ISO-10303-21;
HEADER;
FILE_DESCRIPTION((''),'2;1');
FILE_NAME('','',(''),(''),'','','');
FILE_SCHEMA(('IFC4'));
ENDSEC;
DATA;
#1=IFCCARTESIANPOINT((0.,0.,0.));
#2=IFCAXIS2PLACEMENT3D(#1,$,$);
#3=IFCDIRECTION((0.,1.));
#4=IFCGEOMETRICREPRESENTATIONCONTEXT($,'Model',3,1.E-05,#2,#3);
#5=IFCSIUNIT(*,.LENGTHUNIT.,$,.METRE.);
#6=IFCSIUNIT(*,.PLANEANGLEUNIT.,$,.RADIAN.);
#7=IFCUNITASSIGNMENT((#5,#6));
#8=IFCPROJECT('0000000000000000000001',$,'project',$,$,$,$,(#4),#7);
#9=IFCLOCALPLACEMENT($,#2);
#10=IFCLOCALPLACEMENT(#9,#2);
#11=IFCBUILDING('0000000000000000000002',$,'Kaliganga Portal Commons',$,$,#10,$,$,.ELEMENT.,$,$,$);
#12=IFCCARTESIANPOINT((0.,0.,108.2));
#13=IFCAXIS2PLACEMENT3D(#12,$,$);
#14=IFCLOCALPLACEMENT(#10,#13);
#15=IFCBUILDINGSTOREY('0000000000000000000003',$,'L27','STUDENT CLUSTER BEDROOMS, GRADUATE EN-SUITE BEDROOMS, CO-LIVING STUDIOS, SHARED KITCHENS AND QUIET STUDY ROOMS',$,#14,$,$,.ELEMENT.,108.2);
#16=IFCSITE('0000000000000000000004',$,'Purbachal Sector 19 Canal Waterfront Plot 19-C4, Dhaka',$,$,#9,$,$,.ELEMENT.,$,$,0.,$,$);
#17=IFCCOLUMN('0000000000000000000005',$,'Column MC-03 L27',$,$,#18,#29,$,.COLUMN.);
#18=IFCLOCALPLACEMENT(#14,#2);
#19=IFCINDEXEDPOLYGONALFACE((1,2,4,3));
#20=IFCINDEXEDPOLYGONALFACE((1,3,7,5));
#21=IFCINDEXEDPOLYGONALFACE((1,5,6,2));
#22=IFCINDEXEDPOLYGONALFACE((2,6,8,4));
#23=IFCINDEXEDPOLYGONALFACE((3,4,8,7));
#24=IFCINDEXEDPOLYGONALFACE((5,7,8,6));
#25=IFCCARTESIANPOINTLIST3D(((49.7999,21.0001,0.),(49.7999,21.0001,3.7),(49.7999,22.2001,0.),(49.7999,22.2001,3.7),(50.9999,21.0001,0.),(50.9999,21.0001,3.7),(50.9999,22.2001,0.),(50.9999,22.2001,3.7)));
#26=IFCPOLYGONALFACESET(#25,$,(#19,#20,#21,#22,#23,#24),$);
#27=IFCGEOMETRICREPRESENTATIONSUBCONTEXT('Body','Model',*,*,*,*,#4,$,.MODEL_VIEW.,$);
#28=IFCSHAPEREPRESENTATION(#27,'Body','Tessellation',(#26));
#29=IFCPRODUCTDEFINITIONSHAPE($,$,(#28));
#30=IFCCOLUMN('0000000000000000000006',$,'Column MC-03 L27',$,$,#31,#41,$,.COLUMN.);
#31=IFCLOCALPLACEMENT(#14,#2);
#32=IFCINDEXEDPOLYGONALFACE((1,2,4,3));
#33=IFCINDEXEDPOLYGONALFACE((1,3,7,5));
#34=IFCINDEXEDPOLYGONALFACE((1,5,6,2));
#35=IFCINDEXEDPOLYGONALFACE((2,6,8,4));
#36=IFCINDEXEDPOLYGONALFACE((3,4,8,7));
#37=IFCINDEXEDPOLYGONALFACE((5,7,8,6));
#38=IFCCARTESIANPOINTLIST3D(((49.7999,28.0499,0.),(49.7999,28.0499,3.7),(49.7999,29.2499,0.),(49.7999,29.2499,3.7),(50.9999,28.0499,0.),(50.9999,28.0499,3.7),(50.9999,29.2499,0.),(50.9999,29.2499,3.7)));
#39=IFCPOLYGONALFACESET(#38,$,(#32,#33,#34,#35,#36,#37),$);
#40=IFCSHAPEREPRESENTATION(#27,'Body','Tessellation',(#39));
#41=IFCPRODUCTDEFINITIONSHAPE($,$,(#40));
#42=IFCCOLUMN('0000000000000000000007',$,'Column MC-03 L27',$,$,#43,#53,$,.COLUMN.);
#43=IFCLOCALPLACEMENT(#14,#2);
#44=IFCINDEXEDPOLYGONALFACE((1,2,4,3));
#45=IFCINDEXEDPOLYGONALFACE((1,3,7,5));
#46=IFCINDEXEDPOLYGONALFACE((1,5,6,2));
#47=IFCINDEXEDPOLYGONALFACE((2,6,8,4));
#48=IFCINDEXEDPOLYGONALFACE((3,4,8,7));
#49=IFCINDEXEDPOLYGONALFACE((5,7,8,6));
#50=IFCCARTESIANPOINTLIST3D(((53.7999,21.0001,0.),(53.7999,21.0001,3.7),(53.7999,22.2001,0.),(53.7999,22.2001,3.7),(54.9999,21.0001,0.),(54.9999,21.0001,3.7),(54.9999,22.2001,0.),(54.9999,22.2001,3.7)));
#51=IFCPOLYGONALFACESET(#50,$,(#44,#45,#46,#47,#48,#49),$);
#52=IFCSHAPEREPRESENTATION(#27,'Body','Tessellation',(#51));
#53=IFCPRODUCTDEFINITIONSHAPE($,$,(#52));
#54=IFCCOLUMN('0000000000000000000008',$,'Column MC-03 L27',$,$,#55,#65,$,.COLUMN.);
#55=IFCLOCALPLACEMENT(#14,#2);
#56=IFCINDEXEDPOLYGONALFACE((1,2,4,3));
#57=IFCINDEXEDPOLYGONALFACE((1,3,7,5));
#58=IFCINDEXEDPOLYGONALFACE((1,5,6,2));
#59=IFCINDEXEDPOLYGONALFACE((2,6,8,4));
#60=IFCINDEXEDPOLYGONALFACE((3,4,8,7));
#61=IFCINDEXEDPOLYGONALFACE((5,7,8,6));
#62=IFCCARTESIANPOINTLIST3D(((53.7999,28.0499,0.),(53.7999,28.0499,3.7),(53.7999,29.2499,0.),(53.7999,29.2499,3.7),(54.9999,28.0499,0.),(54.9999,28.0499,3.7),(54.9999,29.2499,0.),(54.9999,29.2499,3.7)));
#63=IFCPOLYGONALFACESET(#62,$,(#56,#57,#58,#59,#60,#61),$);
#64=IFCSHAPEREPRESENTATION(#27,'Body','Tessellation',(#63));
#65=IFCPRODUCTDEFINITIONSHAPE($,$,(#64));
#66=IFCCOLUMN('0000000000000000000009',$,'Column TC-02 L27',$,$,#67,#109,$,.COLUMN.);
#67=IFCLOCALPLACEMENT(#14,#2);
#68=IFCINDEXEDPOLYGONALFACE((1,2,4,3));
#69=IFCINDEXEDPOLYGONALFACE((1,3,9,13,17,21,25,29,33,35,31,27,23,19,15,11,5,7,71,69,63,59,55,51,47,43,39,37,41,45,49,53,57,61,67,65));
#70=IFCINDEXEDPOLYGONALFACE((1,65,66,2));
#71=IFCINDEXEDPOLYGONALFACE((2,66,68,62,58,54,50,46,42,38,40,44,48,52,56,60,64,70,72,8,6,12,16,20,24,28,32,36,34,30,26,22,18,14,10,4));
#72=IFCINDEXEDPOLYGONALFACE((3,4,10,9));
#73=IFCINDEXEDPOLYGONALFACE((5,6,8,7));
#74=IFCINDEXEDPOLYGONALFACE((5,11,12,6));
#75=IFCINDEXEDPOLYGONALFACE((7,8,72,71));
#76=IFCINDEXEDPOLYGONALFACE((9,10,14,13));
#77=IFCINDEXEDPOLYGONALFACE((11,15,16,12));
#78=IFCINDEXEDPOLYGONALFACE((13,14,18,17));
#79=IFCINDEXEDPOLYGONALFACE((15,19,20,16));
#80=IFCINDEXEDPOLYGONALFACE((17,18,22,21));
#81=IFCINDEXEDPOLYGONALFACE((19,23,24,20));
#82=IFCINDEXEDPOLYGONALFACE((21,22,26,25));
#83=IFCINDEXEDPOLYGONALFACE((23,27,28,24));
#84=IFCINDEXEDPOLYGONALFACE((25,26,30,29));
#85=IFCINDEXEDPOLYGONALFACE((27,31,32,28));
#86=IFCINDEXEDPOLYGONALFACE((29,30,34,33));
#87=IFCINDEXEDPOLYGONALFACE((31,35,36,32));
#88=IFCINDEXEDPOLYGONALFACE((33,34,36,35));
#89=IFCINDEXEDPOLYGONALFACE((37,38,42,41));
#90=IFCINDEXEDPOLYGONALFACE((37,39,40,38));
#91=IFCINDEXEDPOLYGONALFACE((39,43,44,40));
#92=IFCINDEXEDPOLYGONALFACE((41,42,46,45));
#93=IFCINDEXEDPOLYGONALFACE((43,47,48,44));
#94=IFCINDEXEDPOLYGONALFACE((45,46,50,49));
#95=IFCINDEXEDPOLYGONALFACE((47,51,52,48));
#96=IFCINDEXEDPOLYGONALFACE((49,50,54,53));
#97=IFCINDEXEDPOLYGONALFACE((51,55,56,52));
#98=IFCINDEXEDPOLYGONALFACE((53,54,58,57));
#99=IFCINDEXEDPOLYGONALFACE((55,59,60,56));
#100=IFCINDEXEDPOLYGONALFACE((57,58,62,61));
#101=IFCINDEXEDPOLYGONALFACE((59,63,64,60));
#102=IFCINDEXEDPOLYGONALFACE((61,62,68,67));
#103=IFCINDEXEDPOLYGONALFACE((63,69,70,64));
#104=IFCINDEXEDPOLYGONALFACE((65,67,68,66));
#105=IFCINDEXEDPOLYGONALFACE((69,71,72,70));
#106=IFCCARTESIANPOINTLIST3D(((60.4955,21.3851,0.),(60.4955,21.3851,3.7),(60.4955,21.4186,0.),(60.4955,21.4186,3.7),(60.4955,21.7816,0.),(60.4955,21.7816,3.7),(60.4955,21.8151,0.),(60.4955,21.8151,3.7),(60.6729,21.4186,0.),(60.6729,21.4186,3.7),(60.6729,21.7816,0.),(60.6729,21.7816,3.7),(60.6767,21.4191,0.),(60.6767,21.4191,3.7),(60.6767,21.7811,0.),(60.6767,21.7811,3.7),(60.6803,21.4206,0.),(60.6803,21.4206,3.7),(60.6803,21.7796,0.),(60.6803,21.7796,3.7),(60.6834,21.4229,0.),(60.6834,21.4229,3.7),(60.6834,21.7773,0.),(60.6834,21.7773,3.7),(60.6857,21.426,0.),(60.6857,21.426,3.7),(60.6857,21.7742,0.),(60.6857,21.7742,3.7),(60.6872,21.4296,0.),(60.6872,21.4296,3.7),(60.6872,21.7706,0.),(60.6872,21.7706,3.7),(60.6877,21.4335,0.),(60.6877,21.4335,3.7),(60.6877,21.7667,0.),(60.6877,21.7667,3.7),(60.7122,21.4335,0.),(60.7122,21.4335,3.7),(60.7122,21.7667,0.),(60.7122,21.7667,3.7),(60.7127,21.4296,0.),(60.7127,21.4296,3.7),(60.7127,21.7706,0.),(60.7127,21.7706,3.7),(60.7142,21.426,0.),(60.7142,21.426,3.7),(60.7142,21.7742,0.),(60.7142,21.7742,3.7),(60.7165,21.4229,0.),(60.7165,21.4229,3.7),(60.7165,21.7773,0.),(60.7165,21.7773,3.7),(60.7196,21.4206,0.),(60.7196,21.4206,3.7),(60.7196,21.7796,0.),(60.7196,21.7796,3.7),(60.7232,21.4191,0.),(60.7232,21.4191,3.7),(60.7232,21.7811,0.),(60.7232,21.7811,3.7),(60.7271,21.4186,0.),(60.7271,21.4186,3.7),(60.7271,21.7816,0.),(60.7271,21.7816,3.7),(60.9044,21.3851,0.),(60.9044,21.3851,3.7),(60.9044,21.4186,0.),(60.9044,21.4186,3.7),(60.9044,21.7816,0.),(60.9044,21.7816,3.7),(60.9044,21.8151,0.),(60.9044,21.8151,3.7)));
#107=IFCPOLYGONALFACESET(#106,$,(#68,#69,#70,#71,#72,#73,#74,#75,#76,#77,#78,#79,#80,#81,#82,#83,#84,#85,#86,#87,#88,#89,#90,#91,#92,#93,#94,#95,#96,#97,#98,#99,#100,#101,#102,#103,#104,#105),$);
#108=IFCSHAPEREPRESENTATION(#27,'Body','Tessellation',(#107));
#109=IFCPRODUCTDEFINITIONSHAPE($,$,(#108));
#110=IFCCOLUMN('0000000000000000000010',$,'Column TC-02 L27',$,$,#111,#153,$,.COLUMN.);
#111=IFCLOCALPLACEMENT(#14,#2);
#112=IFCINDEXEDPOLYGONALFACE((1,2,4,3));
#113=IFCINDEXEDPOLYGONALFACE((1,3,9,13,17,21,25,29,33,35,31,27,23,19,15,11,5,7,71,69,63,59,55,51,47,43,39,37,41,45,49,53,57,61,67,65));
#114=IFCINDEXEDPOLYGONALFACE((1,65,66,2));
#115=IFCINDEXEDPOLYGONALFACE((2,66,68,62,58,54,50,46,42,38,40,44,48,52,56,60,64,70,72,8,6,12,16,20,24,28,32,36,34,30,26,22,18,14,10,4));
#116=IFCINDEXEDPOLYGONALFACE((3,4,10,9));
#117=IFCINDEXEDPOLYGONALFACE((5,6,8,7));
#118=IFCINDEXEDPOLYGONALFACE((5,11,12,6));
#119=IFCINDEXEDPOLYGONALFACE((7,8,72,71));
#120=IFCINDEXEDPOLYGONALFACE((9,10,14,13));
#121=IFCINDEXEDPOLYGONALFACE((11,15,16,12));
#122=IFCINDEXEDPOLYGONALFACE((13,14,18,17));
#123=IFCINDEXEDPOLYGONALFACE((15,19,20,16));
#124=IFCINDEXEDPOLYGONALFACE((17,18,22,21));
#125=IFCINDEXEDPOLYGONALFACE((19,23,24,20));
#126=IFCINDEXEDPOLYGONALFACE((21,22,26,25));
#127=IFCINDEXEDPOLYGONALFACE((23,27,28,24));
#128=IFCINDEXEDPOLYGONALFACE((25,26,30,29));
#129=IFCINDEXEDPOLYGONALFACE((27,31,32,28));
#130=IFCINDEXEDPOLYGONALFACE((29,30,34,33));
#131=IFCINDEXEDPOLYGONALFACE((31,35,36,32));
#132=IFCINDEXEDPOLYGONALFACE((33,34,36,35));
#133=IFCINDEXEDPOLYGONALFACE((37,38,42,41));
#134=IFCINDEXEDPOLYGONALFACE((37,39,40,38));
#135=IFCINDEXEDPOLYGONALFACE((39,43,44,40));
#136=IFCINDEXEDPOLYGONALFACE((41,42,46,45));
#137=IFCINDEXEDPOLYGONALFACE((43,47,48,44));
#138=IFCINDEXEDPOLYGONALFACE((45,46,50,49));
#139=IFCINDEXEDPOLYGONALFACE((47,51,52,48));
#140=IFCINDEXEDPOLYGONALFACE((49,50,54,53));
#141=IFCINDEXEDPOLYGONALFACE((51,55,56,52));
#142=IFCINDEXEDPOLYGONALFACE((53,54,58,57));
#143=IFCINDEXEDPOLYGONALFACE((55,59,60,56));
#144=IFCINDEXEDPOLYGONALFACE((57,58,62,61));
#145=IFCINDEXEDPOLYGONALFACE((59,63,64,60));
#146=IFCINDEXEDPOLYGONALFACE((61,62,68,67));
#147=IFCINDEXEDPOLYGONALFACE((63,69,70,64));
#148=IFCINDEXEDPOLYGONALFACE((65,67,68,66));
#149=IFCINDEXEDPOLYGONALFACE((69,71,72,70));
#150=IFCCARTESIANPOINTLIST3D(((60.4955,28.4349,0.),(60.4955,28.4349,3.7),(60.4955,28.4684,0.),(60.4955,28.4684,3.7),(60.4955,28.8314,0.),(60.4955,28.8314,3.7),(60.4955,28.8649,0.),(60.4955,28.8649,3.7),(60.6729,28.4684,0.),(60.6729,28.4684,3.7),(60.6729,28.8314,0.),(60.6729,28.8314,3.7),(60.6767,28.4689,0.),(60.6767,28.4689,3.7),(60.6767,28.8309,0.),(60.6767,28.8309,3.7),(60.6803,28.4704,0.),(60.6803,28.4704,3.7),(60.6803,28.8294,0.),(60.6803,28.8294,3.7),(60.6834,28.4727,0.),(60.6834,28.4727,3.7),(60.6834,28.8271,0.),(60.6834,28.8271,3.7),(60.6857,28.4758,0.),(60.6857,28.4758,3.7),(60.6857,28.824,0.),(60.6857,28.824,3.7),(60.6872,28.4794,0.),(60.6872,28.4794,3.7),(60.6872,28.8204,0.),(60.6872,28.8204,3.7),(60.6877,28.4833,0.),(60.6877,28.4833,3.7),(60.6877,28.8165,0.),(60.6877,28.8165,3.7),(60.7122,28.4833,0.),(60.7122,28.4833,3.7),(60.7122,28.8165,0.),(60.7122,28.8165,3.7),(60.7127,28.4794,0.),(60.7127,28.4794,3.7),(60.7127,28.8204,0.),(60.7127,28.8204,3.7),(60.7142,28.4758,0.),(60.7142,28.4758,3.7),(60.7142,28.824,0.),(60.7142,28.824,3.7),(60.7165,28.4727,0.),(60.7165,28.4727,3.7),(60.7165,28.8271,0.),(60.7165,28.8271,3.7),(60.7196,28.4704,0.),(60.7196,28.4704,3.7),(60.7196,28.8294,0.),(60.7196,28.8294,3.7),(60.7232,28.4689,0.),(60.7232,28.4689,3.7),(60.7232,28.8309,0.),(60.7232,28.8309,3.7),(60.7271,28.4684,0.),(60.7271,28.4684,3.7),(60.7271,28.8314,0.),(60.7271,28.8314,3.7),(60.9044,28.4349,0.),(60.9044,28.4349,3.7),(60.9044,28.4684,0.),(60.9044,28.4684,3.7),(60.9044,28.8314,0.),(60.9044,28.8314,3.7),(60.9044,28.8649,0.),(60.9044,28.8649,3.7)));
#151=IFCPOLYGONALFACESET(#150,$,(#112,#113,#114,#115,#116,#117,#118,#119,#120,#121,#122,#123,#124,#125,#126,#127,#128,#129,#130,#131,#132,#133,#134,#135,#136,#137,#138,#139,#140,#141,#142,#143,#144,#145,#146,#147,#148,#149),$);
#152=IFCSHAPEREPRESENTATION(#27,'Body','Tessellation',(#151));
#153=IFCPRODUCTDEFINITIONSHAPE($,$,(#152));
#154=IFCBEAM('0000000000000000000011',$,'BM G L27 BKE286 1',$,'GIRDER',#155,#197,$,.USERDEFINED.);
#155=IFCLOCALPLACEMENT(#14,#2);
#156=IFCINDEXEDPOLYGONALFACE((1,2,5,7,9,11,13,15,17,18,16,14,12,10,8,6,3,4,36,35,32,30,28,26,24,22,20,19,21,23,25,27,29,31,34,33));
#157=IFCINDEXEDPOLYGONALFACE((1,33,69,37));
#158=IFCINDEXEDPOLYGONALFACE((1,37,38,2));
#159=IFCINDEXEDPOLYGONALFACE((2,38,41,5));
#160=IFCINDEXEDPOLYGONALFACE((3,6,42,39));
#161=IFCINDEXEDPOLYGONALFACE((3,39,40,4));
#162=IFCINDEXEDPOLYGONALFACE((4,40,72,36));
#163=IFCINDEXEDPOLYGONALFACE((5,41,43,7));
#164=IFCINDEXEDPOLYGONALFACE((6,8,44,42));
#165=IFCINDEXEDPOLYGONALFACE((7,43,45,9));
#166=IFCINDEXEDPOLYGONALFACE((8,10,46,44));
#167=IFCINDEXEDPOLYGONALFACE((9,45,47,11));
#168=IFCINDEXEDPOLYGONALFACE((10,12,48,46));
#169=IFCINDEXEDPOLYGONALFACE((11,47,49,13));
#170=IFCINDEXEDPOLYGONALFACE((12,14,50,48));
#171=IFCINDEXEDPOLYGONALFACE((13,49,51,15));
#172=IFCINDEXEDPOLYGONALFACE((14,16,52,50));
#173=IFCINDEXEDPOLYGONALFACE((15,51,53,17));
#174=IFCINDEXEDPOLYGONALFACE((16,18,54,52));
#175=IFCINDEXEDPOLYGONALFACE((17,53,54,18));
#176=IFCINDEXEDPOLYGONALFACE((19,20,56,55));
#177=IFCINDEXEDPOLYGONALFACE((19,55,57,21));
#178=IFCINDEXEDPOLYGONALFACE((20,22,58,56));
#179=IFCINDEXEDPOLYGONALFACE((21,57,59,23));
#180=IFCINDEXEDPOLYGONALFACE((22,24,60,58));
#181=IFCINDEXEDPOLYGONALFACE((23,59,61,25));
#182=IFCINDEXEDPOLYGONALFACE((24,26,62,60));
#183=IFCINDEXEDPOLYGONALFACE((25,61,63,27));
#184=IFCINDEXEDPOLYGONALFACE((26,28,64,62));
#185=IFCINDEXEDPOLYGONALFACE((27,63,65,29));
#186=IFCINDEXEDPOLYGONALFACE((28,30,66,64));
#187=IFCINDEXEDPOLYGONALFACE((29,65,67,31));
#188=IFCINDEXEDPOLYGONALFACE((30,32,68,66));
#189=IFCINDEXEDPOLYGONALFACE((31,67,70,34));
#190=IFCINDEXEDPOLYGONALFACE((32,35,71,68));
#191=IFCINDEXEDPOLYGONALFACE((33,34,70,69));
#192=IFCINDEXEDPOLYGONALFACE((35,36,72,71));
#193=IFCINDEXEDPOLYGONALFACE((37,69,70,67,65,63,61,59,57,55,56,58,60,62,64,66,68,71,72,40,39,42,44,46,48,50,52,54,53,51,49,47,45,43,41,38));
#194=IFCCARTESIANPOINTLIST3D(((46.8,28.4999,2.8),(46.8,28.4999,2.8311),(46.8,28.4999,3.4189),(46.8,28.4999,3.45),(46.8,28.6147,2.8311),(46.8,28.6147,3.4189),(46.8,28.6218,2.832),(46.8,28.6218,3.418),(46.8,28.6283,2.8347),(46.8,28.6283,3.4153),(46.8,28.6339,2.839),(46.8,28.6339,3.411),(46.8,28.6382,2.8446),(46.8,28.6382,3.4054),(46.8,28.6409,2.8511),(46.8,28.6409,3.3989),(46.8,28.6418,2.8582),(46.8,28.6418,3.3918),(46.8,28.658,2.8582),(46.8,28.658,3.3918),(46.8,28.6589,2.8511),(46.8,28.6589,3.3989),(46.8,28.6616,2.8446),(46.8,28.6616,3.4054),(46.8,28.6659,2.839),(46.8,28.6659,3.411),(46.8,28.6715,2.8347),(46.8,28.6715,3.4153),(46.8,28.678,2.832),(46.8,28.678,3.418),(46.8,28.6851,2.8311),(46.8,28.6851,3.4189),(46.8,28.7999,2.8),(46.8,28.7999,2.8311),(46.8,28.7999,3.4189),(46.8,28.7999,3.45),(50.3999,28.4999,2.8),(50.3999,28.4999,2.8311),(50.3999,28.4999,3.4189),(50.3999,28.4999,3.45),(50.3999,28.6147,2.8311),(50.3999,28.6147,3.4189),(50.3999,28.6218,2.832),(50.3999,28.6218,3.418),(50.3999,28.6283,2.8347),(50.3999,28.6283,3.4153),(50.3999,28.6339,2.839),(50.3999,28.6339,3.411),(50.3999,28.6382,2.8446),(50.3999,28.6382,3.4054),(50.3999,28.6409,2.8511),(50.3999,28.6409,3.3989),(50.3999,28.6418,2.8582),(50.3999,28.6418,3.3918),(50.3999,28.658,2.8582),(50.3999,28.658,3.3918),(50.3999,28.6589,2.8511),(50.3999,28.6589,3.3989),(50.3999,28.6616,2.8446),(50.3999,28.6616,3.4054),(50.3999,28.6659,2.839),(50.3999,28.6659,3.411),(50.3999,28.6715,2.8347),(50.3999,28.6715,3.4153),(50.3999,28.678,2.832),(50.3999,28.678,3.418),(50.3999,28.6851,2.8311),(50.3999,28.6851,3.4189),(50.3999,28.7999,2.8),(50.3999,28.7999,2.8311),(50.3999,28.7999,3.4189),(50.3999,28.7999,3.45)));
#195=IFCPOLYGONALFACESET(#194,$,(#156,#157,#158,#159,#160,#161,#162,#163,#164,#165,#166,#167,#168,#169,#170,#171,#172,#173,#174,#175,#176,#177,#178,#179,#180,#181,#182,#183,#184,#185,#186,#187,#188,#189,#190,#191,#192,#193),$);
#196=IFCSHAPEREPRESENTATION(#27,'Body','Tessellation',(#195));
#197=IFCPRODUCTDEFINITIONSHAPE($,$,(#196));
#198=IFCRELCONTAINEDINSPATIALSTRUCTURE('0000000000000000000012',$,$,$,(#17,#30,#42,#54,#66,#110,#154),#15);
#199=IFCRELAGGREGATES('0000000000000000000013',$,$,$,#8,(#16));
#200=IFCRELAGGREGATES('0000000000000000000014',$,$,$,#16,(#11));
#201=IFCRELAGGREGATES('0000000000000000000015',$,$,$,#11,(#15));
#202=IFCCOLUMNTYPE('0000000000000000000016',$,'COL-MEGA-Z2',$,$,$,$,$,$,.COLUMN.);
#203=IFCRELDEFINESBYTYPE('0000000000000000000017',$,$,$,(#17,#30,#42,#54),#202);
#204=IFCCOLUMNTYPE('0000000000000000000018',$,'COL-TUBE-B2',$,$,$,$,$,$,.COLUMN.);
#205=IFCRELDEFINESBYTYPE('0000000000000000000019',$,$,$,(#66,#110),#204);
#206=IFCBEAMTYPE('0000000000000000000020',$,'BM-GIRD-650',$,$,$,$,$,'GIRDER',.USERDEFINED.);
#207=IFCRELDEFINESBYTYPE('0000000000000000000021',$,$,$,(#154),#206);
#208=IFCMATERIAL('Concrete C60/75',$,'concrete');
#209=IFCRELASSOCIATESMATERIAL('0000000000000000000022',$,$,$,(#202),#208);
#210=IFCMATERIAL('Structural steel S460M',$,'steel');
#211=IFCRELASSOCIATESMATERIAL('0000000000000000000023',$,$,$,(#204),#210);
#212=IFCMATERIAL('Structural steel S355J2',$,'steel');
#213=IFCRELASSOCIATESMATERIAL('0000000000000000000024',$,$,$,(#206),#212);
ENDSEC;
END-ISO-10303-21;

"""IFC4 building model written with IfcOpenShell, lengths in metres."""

from ifc_helpers import new_model, si_unit, direction, frame, origin, origin_2d, place, context, subcontext, project, spatial, rectangle, i_section, extrude, source, transform, mapped, material, material_profile, profile_set, type_object, element, save


model = new_model("IFC4")

# Units and contexts
model_context = context("Model", 3, precision=1e-05, world=origin(), true_north=direction((0.0, 1.0)))
body_context = subcontext(model_context, "Body", "Model", "MODEL_VIEW")
ifc_project = project(units=[si_unit("LENGTHUNIT", "METRE"), si_unit("PLANEANGLEUNIT", "RADIAN")], contexts=[model_context])

# Site, building, storey
site_placement = place(None, origin())
site = spatial("IfcSite", under=ifc_project, at=site_placement, Name="Purbachal Sector 19 Canal Waterfront Plot 19-C4, Dhaka", CompositionType="ELEMENT", RefElevation=0.0)
building_placement = place(site_placement, origin())
building = spatial("IfcBuilding", under=site, at=building_placement, Name="Kaliganga Portal Commons", CompositionType="ELEMENT")
storey_placement = place(building_placement, frame((0.0, 0.0, 108.2)))
storey = spatial("IfcBuildingStorey", under=building, at=storey_placement, Name="L27", Description="STUDENT CLUSTER BEDROOMS, GRADUATE EN-SUITE BEDROOMS, CO-LIVING STUDIOS, SHARED KITCHENS AND QUIET STUDY ROOMS", CompositionType="ELEMENT", Elevation=108.2)

# Columns
ifc_material_1 = material(Name="Concrete C60/75", Category="concrete")
ifc_material_profile_1 = material_profile(ifc_material_1, rectangle(XDim=1.2, YDim=1.2, at=origin_2d()), Name="RC 1200x1200")
ifc_profile_set_1 = profile_set([ifc_material_profile_1], Name="Concrete C60/75")
column_type_1 = type_object("IfcColumnType", Name="COL-MEGA-Z2", PredefinedType="COLUMN", material=ifc_profile_set_1)
shared_shape_1 = source(origin(), body_context, "Body", "SweptSolid", [
    extrude(rectangle(XDim=1.2, YDim=1.2, at=origin_2d()), origin(), (0.0, 0.0, 1.0), 3.7),
])
for number, where, z_axis, x_axis, name in (
    (1, (50.3999, 21.6001, 0.0), (0.0, 0.0, 1.0), (1.0, 0.0, 0.0), "Column MC-03 L27"),
    (2, (50.3999, 28.6499, 0.0), (0.0, 0.0, 1.0), (1.0, 0.0, 0.0), "Column MC-03 L27"),
    (3, (54.3999, 21.6001, 0.0), (0.0, 0.0, 1.0), (1.0, 0.0, 0.0), "Column MC-03 L27"),
    (4, (54.3999, 28.6499, 0.0), (0.0, 0.0, 1.0), (1.0, 0.0, 0.0), "Column MC-03 L27"),
):
    element("IfcColumn", number, at=place(storey_placement, frame(where, z_axis=z_axis, x_axis=x_axis)), inside=storey, type_object=column_type_1, Name=name, PredefinedType="COLUMN", context=body_context, shape_type="MappedRepresentation", body=[
        mapped(shared_shape_1, transform((0.0, 0.0, 0.0), x_axis=(1.0, 0.0, 0.0), y_axis=(0.0, 1.0, 0.0), z_axis=(0.0, 0.0, 1.0), scale=1.0)),
    ])
ifc_material_2 = material(Name="Structural steel S460M", Category="steel")
ifc_material_profile_2 = material_profile(ifc_material_2, i_section(OverallWidth=0.4089, OverallDepth=0.4299, WebThickness=0.0244, FlangeThickness=0.0334, FilletRadius=0.0149, at=origin_2d()), Name="HD 400x421")
ifc_profile_set_2 = profile_set([ifc_material_profile_2], Name="Structural steel S460M wide-flange")
column_type_2 = type_object("IfcColumnType", Name="COL-TUBE-B2", PredefinedType="COLUMN", material=ifc_profile_set_2)
shared_shape_2 = source(origin(), body_context, "Body", "SweptSolid", [
    extrude(i_section(OverallWidth=0.4089, OverallDepth=0.4299, WebThickness=0.0244, FlangeThickness=0.0334, FilletRadius=0.0149, at=origin_2d()), origin(), (0.0, 0.0, 1.0), 3.7),
])
for number, where, z_axis, x_axis, name in (
    (5, (60.7, 21.6001, 0.0), (0.0, 0.0, 1.0), (1.0, 0.0, 0.0), "Column TC-02 L27"),
    (6, (60.7, 28.6499, 0.0), (0.0, 0.0, 1.0), (1.0, 0.0, 0.0), "Column TC-02 L27"),
):
    element("IfcColumn", number, at=place(storey_placement, frame(where, z_axis=z_axis, x_axis=x_axis)), inside=storey, type_object=column_type_2, Name=name, PredefinedType="COLUMN", context=body_context, shape_type="MappedRepresentation", body=[
        mapped(shared_shape_2, transform((0.0, 0.0, 0.0), x_axis=(1.0, 0.0, 0.0), y_axis=(0.0, 1.0, 0.0), z_axis=(0.0, 0.0, 1.0), scale=1.0)),
    ])

# Beam
ifc_material_3 = material(Name="Structural steel S355J2", Category="steel")
ifc_material_profile_3 = material_profile(ifc_material_3, i_section(OverallWidth=0.3, OverallDepth=0.6499, WebThickness=0.0161, FlangeThickness=0.031, FilletRadius=0.0271, at=origin_2d()), Name="HE 650 B")
ifc_profile_set_3 = profile_set([ifc_material_profile_3], Name="Structural steel S355J2 wide-flange")
beam_type_1 = type_object("IfcBeamType", Name="BM-GIRD-650", ElementType="GIRDER", PredefinedType="USERDEFINED", material=ifc_profile_set_3)
shared_shape_3 = source(origin(), body_context, "Body", "SweptSolid", [
    extrude(i_section(OverallWidth=0.3, OverallDepth=0.6499, WebThickness=0.0161, FlangeThickness=0.031, FilletRadius=0.0271, at=origin_2d()), origin(), (0.0, 0.0, 1.0), 3.5999),
])
beam_1_placement = place(storey_placement, frame((46.8, 28.6499, 3.125), z_axis=(1.0, 0.0, 0.0), x_axis=(0.0, 1.0, 0.0)))
element("IfcBeam", 7, at=beam_1_placement, inside=storey, type_object=beam_type_1, Name="BM G L27 BKE286 1", ObjectType="GIRDER", PredefinedType="USERDEFINED", context=body_context, shape_type="MappedRepresentation", body=[
    mapped(shared_shape_3, transform((0.0, 0.0, 0.0), x_axis=(1.0, 0.0, 0.0), y_axis=(0.0, 1.0, 0.0), z_axis=(0.0, 0.0, 1.0), scale=1.0)),
])

save(model, "model.ifc")
